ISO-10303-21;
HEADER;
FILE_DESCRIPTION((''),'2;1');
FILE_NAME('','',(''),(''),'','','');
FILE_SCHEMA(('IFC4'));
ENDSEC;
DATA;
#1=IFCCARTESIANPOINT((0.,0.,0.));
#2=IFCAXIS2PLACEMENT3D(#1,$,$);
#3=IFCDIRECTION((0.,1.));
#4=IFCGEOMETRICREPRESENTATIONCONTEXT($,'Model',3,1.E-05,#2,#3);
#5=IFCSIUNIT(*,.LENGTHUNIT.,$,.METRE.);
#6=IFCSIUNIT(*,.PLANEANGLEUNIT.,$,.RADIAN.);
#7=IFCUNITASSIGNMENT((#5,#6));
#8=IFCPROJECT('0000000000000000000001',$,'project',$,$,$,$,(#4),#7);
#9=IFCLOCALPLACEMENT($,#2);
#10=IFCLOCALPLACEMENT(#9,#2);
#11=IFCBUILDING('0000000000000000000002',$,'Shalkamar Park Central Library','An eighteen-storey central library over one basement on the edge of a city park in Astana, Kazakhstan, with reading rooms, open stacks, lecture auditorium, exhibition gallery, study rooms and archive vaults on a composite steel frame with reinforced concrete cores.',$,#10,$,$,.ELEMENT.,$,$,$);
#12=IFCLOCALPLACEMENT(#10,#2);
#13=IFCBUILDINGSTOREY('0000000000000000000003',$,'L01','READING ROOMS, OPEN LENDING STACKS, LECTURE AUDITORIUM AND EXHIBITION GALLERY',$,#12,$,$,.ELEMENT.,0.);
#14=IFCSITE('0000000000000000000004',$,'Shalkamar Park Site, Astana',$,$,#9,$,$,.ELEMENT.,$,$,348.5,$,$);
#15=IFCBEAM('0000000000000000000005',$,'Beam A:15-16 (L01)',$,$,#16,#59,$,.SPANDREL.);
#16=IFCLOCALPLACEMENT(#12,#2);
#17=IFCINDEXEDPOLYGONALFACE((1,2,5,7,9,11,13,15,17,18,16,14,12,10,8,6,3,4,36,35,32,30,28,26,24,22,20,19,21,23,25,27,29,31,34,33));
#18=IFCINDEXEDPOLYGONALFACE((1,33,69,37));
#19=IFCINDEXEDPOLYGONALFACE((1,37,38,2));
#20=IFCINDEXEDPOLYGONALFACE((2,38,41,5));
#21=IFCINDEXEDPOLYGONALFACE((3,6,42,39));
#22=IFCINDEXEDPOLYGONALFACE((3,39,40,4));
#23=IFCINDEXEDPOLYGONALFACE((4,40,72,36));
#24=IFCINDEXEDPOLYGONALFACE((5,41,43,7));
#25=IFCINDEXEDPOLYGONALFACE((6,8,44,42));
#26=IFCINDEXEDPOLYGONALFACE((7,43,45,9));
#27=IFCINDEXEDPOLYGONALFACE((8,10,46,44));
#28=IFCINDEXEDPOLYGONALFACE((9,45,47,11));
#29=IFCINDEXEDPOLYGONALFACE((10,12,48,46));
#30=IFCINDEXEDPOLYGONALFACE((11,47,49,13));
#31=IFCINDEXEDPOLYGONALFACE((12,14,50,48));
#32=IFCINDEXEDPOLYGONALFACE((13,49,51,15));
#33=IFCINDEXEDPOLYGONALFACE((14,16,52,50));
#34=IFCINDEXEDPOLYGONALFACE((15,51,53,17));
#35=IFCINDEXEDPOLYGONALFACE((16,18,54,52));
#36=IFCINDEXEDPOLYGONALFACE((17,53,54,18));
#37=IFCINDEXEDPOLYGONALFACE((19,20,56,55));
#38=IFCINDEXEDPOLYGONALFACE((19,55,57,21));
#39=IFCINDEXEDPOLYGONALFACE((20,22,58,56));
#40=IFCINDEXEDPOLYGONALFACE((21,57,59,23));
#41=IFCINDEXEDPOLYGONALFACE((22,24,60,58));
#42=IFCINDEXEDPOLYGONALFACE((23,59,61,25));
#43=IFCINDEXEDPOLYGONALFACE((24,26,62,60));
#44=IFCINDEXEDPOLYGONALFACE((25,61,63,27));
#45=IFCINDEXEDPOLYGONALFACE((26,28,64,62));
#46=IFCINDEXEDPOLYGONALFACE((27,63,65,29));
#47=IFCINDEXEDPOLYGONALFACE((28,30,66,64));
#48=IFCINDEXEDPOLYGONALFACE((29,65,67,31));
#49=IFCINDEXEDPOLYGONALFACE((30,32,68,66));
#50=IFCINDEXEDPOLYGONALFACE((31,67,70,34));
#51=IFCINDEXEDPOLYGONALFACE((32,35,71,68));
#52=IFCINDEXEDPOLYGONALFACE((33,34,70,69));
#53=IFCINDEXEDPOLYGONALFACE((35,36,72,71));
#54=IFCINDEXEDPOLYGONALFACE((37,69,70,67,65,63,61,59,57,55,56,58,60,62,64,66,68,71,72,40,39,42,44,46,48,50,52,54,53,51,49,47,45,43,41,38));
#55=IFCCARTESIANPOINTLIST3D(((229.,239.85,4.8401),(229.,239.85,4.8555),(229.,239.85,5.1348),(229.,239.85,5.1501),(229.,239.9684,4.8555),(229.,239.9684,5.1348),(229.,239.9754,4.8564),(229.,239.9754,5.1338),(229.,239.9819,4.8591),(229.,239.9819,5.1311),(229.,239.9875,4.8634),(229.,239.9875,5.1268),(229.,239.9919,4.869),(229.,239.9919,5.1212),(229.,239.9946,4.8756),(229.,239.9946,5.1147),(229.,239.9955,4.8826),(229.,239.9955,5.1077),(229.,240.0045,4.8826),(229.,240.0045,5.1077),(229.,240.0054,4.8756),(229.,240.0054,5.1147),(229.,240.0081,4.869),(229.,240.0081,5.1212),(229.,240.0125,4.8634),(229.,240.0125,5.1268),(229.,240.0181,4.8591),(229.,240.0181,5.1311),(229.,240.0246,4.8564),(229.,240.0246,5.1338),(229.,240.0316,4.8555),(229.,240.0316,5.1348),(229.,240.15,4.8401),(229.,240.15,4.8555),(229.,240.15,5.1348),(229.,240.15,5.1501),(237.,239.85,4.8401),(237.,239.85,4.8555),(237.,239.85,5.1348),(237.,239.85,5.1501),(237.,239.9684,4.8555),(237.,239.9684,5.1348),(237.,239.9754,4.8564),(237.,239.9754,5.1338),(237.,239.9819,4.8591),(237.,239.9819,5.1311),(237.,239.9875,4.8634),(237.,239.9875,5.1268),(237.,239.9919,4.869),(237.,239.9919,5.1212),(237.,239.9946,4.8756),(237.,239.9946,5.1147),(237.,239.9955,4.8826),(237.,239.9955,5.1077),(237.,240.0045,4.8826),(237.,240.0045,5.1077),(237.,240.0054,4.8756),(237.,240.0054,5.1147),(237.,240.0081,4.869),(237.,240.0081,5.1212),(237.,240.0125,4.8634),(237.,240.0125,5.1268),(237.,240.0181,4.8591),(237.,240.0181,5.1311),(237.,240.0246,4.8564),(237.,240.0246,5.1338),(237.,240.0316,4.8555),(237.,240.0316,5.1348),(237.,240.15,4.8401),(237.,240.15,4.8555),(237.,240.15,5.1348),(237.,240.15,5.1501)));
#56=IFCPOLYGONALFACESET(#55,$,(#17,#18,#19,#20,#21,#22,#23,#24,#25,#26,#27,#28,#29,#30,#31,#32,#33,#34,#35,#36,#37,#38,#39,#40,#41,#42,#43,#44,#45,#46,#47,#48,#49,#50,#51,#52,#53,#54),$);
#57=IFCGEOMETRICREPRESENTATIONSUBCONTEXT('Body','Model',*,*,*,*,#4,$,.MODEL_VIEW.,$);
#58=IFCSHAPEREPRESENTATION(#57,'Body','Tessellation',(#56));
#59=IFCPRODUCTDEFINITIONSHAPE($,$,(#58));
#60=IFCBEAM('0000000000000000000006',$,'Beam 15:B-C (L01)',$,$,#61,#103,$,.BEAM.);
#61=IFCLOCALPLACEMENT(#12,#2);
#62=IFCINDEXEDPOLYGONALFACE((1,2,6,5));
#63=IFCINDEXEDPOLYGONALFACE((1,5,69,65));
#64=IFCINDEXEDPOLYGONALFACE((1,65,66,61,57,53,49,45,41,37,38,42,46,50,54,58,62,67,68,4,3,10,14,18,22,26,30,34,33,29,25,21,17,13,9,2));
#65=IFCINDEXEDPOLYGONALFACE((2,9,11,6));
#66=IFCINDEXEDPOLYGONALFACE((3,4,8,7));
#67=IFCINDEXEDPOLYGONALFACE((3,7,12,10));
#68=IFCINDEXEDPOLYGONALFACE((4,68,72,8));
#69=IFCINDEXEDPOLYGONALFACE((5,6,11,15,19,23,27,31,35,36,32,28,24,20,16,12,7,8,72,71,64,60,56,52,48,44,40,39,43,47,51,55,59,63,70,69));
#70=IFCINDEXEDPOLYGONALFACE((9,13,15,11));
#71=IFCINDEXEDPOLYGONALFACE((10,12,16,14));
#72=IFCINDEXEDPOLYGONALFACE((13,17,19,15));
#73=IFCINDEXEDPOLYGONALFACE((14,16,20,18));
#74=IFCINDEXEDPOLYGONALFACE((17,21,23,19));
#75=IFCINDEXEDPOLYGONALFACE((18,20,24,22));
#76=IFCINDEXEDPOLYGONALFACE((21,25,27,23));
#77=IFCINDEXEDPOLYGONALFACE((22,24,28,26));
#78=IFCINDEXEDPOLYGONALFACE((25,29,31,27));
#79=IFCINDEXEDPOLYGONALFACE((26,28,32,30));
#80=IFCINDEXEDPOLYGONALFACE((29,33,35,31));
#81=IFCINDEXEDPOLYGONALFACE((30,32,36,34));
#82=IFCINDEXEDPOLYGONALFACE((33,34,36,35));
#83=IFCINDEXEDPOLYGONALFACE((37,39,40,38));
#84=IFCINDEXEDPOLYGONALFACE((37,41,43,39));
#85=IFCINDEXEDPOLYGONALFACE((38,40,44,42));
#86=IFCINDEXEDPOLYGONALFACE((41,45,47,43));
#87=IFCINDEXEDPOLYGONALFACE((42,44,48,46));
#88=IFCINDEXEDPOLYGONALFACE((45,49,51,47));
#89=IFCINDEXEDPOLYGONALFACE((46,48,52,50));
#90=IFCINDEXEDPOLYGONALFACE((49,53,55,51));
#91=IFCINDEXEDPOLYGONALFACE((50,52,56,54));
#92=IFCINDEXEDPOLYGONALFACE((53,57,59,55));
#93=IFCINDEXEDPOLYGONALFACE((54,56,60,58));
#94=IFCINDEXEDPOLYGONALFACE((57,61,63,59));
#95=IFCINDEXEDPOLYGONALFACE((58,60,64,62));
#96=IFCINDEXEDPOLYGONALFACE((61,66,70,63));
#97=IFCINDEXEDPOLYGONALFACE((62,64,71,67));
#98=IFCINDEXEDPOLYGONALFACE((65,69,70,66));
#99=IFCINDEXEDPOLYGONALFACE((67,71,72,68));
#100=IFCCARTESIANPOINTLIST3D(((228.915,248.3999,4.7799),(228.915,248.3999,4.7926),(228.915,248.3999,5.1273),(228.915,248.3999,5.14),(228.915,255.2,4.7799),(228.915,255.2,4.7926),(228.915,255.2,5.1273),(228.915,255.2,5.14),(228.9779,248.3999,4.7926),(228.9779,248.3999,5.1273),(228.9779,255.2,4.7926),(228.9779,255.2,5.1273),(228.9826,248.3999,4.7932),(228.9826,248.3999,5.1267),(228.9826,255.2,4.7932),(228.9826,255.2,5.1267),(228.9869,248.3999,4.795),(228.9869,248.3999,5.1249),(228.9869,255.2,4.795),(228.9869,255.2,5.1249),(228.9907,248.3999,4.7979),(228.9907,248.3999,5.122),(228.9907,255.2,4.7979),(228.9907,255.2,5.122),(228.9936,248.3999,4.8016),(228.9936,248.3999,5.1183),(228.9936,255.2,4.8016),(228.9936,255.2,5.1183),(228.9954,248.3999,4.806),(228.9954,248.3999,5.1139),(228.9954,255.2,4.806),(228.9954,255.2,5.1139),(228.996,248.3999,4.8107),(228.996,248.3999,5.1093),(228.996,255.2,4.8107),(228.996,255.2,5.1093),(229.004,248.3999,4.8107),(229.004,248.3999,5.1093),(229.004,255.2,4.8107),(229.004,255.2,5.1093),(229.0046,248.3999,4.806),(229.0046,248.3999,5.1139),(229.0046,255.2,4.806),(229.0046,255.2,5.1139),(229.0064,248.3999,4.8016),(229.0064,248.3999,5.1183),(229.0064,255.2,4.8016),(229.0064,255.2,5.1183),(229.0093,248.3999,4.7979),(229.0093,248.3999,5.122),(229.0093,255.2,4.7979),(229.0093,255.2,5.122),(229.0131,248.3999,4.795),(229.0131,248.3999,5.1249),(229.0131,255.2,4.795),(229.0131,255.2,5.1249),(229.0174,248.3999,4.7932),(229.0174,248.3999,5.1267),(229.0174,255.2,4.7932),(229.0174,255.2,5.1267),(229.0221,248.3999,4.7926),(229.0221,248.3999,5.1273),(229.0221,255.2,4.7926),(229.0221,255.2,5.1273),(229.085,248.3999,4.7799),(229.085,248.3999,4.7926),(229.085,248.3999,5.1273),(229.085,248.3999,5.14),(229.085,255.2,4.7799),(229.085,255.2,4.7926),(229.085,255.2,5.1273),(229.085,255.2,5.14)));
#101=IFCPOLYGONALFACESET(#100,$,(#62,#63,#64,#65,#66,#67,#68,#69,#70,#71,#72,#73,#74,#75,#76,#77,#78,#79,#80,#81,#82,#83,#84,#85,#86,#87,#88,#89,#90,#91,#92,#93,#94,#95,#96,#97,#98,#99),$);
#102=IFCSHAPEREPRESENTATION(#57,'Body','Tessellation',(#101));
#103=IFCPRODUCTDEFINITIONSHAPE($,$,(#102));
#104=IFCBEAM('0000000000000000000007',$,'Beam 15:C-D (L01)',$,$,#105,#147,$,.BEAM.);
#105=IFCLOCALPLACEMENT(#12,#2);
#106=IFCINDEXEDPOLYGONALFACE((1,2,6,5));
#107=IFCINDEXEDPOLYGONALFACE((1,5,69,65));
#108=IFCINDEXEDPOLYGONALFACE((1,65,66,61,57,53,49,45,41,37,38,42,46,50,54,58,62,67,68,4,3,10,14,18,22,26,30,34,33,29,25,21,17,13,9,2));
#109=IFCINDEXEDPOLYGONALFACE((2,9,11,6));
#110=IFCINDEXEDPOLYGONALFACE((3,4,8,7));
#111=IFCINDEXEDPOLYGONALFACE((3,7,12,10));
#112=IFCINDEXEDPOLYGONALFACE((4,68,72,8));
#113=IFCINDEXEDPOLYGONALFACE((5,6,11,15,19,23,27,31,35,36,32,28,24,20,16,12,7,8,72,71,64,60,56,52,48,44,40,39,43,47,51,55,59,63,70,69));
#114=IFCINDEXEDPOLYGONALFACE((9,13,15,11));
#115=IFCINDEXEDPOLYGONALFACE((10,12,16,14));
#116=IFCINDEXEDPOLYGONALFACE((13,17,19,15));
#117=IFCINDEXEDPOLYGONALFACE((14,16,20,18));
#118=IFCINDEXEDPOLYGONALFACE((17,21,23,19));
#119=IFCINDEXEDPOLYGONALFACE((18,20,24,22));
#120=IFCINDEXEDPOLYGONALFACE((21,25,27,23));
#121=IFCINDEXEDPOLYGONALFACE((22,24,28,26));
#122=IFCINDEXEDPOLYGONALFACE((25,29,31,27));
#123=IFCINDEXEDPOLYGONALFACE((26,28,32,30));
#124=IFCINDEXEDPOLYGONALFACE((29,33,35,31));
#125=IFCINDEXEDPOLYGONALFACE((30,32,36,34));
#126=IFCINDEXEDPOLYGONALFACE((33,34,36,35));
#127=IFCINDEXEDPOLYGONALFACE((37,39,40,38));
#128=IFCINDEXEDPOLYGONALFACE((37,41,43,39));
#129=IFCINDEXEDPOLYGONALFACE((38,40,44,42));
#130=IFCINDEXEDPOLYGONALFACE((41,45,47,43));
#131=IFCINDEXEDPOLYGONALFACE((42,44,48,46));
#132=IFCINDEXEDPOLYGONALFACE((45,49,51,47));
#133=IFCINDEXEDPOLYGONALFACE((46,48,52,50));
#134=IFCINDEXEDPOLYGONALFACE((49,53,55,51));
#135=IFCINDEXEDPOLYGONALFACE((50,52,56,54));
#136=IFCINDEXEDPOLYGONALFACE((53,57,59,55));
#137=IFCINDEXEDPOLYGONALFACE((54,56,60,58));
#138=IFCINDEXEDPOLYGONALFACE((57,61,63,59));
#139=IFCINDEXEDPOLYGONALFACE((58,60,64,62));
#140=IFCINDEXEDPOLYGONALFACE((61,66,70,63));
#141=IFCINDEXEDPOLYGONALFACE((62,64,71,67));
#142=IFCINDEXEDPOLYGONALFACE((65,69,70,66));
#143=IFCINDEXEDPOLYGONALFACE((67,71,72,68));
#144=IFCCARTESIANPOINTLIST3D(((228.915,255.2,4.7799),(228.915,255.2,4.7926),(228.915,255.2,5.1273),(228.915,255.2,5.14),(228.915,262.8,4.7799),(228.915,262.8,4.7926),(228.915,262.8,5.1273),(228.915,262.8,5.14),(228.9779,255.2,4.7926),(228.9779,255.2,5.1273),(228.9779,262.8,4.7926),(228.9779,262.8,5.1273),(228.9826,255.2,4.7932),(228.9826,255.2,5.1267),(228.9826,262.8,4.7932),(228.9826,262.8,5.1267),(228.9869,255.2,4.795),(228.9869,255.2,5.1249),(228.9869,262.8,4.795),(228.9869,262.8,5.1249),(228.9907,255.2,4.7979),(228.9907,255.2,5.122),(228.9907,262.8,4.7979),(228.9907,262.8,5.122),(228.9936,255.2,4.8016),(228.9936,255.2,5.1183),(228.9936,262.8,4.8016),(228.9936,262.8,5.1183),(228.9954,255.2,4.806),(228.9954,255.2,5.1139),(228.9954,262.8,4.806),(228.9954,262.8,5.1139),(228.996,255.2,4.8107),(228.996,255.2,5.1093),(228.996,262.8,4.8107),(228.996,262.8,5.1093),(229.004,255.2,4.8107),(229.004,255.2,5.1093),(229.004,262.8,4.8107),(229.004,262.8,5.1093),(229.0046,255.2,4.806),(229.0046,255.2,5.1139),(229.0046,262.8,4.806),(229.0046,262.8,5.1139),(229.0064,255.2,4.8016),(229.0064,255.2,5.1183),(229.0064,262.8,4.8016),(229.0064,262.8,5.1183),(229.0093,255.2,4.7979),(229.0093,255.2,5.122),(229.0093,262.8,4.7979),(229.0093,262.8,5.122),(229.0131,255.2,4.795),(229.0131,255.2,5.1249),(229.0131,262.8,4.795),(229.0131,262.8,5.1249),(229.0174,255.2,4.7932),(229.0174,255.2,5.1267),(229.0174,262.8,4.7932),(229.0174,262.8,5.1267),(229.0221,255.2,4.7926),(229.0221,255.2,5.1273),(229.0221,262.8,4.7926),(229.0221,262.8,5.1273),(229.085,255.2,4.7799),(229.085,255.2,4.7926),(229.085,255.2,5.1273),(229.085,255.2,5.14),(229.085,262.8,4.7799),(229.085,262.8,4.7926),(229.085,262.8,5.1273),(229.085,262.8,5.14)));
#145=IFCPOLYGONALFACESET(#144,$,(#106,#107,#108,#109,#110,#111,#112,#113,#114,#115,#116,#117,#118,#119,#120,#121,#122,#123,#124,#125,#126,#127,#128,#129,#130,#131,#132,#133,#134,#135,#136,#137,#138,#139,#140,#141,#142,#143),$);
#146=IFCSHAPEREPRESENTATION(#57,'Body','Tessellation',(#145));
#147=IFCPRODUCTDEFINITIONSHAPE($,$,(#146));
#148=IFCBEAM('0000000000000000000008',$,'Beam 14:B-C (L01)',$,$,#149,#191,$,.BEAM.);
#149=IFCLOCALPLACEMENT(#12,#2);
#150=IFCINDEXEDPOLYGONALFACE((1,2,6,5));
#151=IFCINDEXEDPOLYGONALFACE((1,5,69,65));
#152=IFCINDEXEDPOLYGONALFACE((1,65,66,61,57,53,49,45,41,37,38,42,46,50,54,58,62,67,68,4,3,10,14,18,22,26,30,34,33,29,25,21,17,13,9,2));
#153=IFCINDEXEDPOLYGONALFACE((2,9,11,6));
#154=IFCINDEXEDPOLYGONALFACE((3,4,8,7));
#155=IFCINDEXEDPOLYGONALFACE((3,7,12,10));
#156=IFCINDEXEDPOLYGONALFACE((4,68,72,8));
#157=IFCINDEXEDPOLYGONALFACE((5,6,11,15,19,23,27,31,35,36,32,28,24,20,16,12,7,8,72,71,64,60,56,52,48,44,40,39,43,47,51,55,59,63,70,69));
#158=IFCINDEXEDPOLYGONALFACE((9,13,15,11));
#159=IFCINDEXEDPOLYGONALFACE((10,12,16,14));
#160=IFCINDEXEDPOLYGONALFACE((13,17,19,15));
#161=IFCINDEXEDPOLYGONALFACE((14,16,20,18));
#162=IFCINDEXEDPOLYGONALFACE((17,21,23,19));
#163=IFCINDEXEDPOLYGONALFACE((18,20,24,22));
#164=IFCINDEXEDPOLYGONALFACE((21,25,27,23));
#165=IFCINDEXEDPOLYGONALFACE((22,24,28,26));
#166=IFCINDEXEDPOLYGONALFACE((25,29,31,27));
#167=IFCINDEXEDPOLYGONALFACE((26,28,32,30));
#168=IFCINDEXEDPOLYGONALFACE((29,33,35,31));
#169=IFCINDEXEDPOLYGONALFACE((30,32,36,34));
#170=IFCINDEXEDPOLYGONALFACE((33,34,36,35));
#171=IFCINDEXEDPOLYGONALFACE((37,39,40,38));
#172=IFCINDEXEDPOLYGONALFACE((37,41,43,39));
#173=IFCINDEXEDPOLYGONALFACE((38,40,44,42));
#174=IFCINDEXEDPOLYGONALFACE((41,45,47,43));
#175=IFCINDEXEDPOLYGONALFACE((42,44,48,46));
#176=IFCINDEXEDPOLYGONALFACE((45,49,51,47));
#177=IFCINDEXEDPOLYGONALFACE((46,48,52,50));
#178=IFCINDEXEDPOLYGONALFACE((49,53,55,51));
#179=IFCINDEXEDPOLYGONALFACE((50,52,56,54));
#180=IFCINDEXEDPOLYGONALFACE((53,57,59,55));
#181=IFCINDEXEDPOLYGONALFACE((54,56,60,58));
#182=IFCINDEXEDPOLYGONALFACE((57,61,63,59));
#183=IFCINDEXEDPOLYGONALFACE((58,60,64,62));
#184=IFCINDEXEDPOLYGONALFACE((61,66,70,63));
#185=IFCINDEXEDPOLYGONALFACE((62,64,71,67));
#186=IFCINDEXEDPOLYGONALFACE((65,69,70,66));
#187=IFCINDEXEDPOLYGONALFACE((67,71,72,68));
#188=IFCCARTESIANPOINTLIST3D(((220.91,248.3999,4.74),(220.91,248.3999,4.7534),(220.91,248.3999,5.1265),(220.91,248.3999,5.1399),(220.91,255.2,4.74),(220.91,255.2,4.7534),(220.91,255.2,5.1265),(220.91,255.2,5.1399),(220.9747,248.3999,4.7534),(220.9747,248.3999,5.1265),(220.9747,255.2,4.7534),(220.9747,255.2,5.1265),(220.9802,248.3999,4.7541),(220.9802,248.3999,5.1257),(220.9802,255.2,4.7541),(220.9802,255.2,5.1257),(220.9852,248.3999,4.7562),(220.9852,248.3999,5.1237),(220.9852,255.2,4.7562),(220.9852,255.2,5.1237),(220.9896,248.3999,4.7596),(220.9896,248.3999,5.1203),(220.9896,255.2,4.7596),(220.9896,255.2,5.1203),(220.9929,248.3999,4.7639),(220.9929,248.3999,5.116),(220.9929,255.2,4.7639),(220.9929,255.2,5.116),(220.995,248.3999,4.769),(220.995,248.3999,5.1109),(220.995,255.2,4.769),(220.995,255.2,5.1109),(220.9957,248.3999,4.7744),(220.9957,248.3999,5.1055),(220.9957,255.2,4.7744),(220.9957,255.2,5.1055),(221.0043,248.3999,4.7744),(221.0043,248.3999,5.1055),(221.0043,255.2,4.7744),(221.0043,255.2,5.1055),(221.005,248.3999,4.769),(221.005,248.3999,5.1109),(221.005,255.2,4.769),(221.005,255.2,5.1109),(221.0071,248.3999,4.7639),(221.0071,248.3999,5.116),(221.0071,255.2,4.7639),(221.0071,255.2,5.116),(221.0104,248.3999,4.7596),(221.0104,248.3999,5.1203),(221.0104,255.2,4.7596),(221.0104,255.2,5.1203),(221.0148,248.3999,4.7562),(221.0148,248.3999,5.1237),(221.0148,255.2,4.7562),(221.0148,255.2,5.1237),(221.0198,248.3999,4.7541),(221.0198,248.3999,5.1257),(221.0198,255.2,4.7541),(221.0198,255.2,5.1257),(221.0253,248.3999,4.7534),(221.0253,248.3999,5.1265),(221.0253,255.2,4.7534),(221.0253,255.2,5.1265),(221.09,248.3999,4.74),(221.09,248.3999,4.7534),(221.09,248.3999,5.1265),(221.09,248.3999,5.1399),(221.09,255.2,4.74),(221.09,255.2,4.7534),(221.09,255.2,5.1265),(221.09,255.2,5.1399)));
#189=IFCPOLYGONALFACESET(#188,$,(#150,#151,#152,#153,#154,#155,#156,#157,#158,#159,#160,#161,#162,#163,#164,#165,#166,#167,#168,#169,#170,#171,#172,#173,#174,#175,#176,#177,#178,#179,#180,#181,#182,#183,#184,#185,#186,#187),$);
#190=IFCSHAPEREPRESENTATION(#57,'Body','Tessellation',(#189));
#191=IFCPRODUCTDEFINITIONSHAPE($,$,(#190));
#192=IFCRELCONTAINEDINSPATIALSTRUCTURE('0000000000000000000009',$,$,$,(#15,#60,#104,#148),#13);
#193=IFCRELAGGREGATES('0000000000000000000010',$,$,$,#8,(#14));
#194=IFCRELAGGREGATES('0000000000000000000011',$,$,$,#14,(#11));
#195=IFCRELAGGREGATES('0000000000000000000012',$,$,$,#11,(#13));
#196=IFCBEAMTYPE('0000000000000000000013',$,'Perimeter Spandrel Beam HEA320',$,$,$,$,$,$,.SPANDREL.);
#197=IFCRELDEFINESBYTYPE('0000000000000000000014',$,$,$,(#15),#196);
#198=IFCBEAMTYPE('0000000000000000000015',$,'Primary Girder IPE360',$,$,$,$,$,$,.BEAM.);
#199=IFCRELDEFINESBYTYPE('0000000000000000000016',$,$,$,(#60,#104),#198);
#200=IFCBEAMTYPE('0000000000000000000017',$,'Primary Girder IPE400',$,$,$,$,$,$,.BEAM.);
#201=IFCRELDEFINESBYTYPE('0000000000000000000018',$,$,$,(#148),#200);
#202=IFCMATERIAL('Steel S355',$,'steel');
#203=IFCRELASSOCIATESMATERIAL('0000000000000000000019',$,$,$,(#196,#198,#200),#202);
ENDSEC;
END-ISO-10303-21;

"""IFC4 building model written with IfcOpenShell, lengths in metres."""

from ifc_helpers import new_model, si_unit, direction, frame, origin, origin_2d, place, context, subcontext, project, spatial, i_section, extrude, material, material_profile, profile_set, type_object, element, save


model = new_model("IFC4")

# Units and contexts
model_context = context("Model", 3, precision=1e-05, world=origin(), true_north=direction((0.0, 1.0)))
body_context = subcontext(model_context, "Body", "Model", "MODEL_VIEW")
ifc_project = project(units=[si_unit("LENGTHUNIT", "METRE"), si_unit("PLANEANGLEUNIT", "RADIAN")], contexts=[model_context])

# Site, building, storey
site_placement = place(None, origin())
site = spatial("IfcSite", under=ifc_project, at=site_placement, Name="Shalkamar Park Site, Astana", CompositionType="ELEMENT", RefElevation=348.5)
building_placement = place(site_placement, origin())
building = spatial("IfcBuilding", under=site, at=building_placement, Name="Shalkamar Park Central Library", Description="An eighteen-storey central library over one basement on the edge of a city park in Astana, Kazakhstan, with reading rooms, open stacks, lecture auditorium, exhibition gallery, study rooms and archive vaults on a composite steel frame with reinforced concrete cores.", CompositionType="ELEMENT")
storey_placement = place(building_placement, origin())
storey = spatial("IfcBuildingStorey", under=building, at=storey_placement, Name="L01", Description="READING ROOMS, OPEN LENDING STACKS, LECTURE AUDITORIUM AND EXHIBITION GALLERY", CompositionType="ELEMENT", Elevation=0.0)

# Shared definitions
ifc_material_1 = material(Name="Steel S355", Category="steel")

# Beams
ifc_material_profile_1 = material_profile(ifc_material_1, i_section(OverallWidth=0.3, OverallDepth=0.3101, WebThickness=0.009, FlangeThickness=0.0154, FilletRadius=0.0271, at=origin_2d()), Name="HEA 320")
ifc_profile_set_1 = profile_set([ifc_material_profile_1], Name="Steel S355")
beam_type_1 = type_object("IfcBeamType", Name="Perimeter Spandrel Beam HEA320", PredefinedType="SPANDREL", material=ifc_profile_set_1)
beam_1_placement = place(storey_placement, frame((229.0, 240.0, 4.9951), z_axis=(1.0, 0.0, 0.0), x_axis=(0.0, 1.0, 0.0)))
element("IfcBeam", 1, at=beam_1_placement, inside=storey, type_object=beam_type_1, Name="Beam A:15-16 (L01)", PredefinedType="SPANDREL", context=body_context, shape_type="SweptSolid", body=[
    extrude(i_section(OverallWidth=0.3, OverallDepth=0.3101, WebThickness=0.009, FlangeThickness=0.0154, FilletRadius=0.0271, at=origin_2d()), origin(), (0.0, 0.0, 1.0), 8.0),
])
ifc_material_profile_2 = material_profile(ifc_material_1, i_section(OverallWidth=0.1699, OverallDepth=0.3601, WebThickness=0.0081, FlangeThickness=0.0127, FilletRadius=0.0181, at=origin_2d()), Name="IPE 360")
ifc_profile_set_2 = profile_set([ifc_material_profile_2], Name="Steel S355")
beam_type_2 = type_object("IfcBeamType", Name="Primary Girder IPE360", PredefinedType="BEAM", material=ifc_profile_set_2)
beam_2_placement = place(storey_placement, frame((229.0, 248.3999, 4.96), z_axis=(0.0, 1.0, 0.0), x_axis=(-1.0, 0.0, 0.0)))
element("IfcBeam", 2, at=beam_2_placement, inside=storey, type_object=beam_type_2, Name="Beam 15:B-C (L01)", PredefinedType="BEAM", context=body_context, shape_type="SweptSolid", body=[
    extrude(i_section(OverallWidth=0.1699, OverallDepth=0.3601, WebThickness=0.0081, FlangeThickness=0.0127, FilletRadius=0.0181, at=origin_2d()), origin(), (0.0, 0.0, 1.0), 6.8),
])
beam_3_placement = place(storey_placement, frame((229.0, 255.2, 4.96), z_axis=(0.0, 1.0, 0.0), x_axis=(-1.0, 0.0, 0.0)))
element("IfcBeam", 3, at=beam_3_placement, inside=storey, type_object=beam_type_2, Name="Beam 15:C-D (L01)", PredefinedType="BEAM", context=body_context, shape_type="SweptSolid", body=[
    extrude(i_section(OverallWidth=0.1699, OverallDepth=0.3601, WebThickness=0.0081, FlangeThickness=0.0127, FilletRadius=0.0181, at=origin_2d()), origin(), (0.0, 0.0, 1.0), 7.6001),
])
ifc_material_profile_3 = material_profile(ifc_material_1, i_section(OverallWidth=0.1799, OverallDepth=0.3999, WebThickness=0.0085, FlangeThickness=0.0134, FilletRadius=0.021, at=origin_2d()), Name="IPE 400")
ifc_profile_set_3 = profile_set([ifc_material_profile_3], Name="Steel S355")
beam_type_3 = type_object("IfcBeamType", Name="Primary Girder IPE400", PredefinedType="BEAM", material=ifc_profile_set_3)
beam_4_placement = place(storey_placement, frame((221.0, 248.3999, 4.9399), z_axis=(0.0, 1.0, 0.0), x_axis=(-1.0, 0.0, 0.0)))
element("IfcBeam", 4, at=beam_4_placement, inside=storey, type_object=beam_type_3, Name="Beam 14:B-C (L01)", PredefinedType="BEAM", context=body_context, shape_type="SweptSolid", body=[
    extrude(i_section(OverallWidth=0.1799, OverallDepth=0.3999, WebThickness=0.0085, FlangeThickness=0.0134, FilletRadius=0.021, at=origin_2d()), origin(), (0.0, 0.0, 1.0), 6.8),
])

save(model, "model.ifc")
